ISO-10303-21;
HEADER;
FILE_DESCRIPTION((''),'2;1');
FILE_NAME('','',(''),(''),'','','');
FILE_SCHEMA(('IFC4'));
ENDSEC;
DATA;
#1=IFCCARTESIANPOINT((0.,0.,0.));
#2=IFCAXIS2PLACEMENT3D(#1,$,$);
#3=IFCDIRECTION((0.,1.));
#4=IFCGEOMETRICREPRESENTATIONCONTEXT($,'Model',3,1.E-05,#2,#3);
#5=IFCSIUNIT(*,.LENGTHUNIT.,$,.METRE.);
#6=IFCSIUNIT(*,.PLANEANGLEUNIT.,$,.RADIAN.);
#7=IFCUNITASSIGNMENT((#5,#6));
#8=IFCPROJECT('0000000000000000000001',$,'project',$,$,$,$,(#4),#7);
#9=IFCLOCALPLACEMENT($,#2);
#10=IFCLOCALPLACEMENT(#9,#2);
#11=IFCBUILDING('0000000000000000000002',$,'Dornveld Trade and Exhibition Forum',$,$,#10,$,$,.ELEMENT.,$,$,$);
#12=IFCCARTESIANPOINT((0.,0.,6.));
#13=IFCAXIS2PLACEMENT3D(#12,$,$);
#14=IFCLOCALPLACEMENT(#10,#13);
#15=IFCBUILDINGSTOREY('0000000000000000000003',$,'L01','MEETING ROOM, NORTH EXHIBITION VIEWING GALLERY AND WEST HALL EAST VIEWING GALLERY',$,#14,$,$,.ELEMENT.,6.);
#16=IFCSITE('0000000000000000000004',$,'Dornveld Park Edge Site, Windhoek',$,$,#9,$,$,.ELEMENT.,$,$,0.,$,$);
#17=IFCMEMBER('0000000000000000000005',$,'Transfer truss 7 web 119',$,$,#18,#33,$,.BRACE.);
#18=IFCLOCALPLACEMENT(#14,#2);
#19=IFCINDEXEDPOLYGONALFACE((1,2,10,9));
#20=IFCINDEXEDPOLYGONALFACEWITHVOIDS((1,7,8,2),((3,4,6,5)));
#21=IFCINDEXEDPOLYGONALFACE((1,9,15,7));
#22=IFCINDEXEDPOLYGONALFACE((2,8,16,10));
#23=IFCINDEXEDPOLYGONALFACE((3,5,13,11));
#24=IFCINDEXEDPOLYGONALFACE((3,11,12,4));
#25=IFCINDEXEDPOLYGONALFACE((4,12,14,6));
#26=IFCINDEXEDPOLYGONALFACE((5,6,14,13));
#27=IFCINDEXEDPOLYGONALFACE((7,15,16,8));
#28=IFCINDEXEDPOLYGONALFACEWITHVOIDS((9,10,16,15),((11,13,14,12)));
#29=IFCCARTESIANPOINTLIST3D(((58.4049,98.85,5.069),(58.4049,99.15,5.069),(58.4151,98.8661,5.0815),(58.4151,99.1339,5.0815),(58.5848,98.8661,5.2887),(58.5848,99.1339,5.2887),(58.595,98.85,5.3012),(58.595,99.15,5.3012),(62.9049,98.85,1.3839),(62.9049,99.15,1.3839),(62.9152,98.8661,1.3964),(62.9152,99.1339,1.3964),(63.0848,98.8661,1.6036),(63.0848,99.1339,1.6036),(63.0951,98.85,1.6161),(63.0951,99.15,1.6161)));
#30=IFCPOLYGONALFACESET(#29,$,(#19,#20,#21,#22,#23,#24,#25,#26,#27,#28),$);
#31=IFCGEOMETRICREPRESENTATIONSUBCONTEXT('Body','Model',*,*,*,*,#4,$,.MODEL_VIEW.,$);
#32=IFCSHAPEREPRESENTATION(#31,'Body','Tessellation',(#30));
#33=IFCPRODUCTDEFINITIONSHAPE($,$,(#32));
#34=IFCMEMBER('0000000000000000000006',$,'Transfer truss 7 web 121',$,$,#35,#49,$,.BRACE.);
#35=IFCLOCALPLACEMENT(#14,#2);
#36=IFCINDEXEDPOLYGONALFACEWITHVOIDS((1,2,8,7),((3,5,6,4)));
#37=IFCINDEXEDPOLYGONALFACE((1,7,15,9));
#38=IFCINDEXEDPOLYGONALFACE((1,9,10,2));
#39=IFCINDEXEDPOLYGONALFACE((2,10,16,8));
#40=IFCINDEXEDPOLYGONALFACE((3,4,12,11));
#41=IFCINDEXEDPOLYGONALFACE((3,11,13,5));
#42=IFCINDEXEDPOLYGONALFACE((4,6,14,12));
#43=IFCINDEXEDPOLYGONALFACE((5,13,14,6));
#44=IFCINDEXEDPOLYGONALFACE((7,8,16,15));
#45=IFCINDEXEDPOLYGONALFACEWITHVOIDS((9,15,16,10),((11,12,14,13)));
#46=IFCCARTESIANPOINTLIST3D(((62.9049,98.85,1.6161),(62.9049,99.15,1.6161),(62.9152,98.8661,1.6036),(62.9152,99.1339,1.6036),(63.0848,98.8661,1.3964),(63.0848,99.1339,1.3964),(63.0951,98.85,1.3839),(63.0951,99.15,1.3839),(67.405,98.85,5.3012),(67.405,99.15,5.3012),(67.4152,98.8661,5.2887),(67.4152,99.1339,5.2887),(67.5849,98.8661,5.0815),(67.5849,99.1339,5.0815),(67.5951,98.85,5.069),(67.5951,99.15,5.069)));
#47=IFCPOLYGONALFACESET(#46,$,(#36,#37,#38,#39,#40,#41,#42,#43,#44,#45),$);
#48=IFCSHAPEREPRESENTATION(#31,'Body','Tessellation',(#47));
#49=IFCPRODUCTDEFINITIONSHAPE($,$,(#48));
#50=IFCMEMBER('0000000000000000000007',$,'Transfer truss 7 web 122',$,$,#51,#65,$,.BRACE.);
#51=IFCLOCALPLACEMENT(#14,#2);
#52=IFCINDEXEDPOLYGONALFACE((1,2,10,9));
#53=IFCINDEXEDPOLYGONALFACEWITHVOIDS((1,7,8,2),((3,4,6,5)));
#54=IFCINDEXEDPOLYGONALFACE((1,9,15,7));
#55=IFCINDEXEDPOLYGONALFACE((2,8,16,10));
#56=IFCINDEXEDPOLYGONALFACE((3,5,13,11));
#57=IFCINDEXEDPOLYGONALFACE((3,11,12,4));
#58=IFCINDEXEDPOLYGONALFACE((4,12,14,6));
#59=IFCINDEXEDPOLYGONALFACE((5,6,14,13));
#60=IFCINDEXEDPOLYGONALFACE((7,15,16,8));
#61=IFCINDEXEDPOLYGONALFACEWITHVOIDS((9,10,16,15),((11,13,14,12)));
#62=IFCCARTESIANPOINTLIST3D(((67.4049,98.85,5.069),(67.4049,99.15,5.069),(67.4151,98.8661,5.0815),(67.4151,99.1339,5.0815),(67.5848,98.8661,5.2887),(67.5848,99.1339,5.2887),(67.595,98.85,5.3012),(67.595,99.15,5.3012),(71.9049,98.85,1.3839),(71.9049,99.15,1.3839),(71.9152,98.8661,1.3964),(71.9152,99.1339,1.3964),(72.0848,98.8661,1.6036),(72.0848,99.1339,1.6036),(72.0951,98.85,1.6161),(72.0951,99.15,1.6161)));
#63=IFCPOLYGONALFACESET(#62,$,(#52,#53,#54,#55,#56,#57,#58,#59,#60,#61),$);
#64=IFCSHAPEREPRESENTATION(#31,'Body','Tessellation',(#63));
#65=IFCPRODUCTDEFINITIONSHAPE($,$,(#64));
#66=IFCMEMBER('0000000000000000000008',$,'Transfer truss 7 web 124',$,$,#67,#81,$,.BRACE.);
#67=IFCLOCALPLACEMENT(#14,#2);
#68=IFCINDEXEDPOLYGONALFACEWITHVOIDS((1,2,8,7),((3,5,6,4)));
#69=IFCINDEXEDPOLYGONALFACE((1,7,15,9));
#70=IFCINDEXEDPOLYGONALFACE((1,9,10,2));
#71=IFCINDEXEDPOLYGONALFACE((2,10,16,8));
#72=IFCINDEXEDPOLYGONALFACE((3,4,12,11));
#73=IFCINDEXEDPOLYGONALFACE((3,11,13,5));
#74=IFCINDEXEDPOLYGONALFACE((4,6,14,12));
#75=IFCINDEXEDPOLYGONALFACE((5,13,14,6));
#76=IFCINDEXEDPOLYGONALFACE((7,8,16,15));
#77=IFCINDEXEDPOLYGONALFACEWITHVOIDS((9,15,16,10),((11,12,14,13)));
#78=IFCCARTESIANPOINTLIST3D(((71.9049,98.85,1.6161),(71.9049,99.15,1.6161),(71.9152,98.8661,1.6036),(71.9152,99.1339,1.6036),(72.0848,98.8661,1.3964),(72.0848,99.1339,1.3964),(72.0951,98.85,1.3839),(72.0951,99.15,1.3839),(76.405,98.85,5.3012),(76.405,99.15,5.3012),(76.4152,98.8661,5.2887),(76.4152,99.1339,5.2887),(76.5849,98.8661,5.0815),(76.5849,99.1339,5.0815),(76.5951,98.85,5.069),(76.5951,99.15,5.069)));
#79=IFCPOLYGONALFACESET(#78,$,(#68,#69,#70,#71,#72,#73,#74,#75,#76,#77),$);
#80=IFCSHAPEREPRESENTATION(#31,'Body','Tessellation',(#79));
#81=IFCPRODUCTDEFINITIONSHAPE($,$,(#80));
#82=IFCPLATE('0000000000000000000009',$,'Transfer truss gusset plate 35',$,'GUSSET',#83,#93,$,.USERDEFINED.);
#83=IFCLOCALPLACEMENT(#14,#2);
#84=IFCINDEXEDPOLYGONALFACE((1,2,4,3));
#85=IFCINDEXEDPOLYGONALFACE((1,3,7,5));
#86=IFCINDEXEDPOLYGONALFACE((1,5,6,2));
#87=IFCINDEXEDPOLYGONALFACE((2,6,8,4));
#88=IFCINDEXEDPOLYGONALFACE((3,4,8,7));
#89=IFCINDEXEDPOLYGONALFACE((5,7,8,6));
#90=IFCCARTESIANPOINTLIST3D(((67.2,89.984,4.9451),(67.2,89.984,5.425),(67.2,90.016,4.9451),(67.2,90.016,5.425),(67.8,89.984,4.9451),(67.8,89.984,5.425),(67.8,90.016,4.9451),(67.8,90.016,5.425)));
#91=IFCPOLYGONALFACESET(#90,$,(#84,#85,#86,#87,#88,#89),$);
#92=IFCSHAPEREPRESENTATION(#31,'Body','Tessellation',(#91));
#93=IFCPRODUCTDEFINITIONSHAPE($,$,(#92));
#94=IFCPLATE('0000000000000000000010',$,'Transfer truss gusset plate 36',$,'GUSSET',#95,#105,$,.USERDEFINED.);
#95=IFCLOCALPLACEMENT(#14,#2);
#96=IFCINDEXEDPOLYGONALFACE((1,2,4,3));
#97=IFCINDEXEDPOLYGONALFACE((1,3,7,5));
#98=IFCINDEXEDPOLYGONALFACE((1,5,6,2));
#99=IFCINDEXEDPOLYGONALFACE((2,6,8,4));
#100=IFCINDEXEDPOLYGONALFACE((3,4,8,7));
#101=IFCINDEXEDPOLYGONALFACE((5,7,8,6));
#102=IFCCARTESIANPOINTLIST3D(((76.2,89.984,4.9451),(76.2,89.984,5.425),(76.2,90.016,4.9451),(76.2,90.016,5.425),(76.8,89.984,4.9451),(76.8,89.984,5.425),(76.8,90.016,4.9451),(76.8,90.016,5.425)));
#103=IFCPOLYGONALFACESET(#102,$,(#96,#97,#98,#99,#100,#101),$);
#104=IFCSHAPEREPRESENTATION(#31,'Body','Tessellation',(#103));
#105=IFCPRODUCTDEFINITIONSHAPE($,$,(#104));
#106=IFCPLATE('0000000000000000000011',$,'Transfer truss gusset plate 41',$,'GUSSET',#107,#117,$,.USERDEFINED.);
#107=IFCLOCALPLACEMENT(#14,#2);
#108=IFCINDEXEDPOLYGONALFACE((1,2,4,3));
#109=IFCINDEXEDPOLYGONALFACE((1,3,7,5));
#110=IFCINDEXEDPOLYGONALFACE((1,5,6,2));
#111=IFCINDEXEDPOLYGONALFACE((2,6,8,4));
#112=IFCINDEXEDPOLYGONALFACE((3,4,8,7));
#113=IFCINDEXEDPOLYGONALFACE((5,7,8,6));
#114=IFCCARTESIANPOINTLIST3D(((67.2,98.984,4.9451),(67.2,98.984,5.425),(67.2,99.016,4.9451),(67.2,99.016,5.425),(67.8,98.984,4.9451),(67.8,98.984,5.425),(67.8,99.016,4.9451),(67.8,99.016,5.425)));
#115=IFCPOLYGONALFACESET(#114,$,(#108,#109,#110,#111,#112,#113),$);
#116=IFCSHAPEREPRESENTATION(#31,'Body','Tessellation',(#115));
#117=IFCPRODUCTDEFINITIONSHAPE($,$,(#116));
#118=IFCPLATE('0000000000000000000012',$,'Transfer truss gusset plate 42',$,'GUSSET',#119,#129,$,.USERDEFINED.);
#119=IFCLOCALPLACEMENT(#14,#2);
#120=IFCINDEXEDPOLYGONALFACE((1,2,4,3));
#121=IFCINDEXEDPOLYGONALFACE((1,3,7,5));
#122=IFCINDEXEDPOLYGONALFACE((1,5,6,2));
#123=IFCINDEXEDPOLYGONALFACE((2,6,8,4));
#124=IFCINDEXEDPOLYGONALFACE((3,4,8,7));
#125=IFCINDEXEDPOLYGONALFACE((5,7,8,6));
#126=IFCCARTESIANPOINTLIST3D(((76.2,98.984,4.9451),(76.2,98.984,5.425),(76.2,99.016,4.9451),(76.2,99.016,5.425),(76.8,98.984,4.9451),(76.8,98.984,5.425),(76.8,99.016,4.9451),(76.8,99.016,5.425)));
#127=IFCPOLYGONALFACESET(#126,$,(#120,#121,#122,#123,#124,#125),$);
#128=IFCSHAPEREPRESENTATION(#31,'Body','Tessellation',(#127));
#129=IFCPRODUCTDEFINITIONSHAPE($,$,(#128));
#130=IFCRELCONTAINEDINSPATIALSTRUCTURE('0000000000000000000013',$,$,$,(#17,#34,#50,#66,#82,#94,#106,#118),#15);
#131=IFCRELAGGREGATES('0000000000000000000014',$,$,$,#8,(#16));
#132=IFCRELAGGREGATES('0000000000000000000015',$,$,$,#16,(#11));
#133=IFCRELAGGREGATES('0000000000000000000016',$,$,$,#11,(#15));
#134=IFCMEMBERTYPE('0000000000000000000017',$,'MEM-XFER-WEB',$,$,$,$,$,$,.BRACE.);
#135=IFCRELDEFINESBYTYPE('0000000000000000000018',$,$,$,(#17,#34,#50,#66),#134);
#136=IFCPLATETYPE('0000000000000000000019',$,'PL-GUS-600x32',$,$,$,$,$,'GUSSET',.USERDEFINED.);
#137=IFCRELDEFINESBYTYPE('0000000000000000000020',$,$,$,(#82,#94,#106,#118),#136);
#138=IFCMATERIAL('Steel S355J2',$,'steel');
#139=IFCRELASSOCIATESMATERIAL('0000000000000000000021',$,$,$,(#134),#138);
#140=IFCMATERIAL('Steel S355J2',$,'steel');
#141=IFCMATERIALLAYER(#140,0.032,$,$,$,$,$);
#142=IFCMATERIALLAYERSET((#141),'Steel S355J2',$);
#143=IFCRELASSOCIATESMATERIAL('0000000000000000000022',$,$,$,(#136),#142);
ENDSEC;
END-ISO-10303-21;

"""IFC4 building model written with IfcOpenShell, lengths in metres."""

from ifc_helpers import new_model, si_unit, direction, frame, origin, origin_2d, place, context, subcontext, project, spatial, rectangle, hollow_rectangle, extrude, material, layer, layer_set, material_profile, profile_set, type_object, element, save


model = new_model("IFC4")

# Units and contexts
model_context = context("Model", 3, precision=1e-05, world=origin(), true_north=direction((0.0, 1.0)))
body_context = subcontext(model_context, "Body", "Model", "MODEL_VIEW")
ifc_project = project(units=[si_unit("LENGTHUNIT", "METRE"), si_unit("PLANEANGLEUNIT", "RADIAN")], contexts=[model_context])

# Site, building, storey
site_placement = place(None, origin())
site = spatial("IfcSite", under=ifc_project, at=site_placement, Name="Dornveld Park Edge Site, Windhoek", CompositionType="ELEMENT", RefElevation=0.0)
building_placement = place(site_placement, origin())
building = spatial("IfcBuilding", under=site, at=building_placement, Name="Dornveld Trade and Exhibition Forum", CompositionType="ELEMENT")
storey_placement = place(building_placement, frame((0.0, 0.0, 6.0)))
storey = spatial("IfcBuildingStorey", under=building, at=storey_placement, Name="L01", Description="MEETING ROOM, NORTH EXHIBITION VIEWING GALLERY AND WEST HALL EAST VIEWING GALLERY", CompositionType="ELEMENT", Elevation=6.0)

# Members
ifc_material_1 = material(Name="Steel S355J2", Category="steel")
ifc_material_profile_1 = material_profile(ifc_material_1, hollow_rectangle(XDim=0.3, YDim=0.3, WallThickness=0.0161, at=origin_2d()), Name="SHS 300x300x16")
ifc_profile_set_1 = profile_set([ifc_material_profile_1], Name="Steel S355J2")
member_type_1 = type_object("IfcMemberType", Name="MEM-XFER-WEB", PredefinedType="BRACE", material=ifc_profile_set_1)
for number, where, z_axis, x_axis, name in (
    (1, (63.0, 99.0, 1.5), (-0.773684, 0.0, 0.633571), (0.0, -1.0, 0.0), "Transfer truss 7 web 119"),
    (2, (63.0, 99.0, 1.5), (0.773684, 0.0, 0.633571), (0.0, 1.0, 0.0), "Transfer truss 7 web 121"),
    (3, (72.0, 99.0, 1.5), (-0.773684, 0.0, 0.633571), (0.0, -1.0, 0.0), "Transfer truss 7 web 122"),
    (4, (72.0, 99.0, 1.5), (0.773684, 0.0, 0.633571), (0.0, 1.0, 0.0), "Transfer truss 7 web 124"),
):
    element("IfcMember", number, at=place(storey_placement, frame(where, z_axis=z_axis, x_axis=x_axis)), inside=storey, type_object=member_type_1, Name=name, PredefinedType="BRACE", context=body_context, shape_type="SweptSolid", body=[
        extrude(hollow_rectangle(XDim=0.3, YDim=0.3, WallThickness=0.0161, at=origin_2d()), origin(), (0.0, 0.0, 1.0), 5.8164),
    ])

# Plates
ifc_material_2 = material(Name="Steel S355J2", Category="steel")
ifc_layer = layer(ifc_material_2, 0.032)
ifc_layer_set = layer_set([ifc_layer], Name="Steel S355J2")
plate_type = type_object("IfcPlateType", Name="PL-GUS-600x32", ElementType="GUSSET", PredefinedType="USERDEFINED", material=ifc_layer_set)
for number, where, z_axis, x_axis, name in (
    (5, (67.5, 90.0, 4.9451), (0.0, 0.0, 1.0), (1.0, 0.0, 0.0), "Transfer truss gusset plate 35"),
    (6, (76.5, 90.0, 4.9451), (0.0, 0.0, 1.0), (1.0, 0.0, 0.0), "Transfer truss gusset plate 36"),
    (7, (67.5, 99.0, 4.9451), (0.0, 0.0, 1.0), (1.0, 0.0, 0.0), "Transfer truss gusset plate 41"),
    (8, (76.5, 99.0, 4.9451), (0.0, 0.0, 1.0), (1.0, 0.0, 0.0), "Transfer truss gusset plate 42"),
):
    element("IfcPlate", number, at=place(storey_placement, frame(where, z_axis=z_axis, x_axis=x_axis)), inside=storey, type_object=plate_type, Name=name, ObjectType="GUSSET", PredefinedType="USERDEFINED", context=body_context, shape_type="SweptSolid", body=[
        extrude(rectangle(XDim=0.6001, YDim=0.032, at=origin_2d()), origin(), (0.0, 0.0, 1.0), 0.48),
    ])

save(model, "model.ifc")
